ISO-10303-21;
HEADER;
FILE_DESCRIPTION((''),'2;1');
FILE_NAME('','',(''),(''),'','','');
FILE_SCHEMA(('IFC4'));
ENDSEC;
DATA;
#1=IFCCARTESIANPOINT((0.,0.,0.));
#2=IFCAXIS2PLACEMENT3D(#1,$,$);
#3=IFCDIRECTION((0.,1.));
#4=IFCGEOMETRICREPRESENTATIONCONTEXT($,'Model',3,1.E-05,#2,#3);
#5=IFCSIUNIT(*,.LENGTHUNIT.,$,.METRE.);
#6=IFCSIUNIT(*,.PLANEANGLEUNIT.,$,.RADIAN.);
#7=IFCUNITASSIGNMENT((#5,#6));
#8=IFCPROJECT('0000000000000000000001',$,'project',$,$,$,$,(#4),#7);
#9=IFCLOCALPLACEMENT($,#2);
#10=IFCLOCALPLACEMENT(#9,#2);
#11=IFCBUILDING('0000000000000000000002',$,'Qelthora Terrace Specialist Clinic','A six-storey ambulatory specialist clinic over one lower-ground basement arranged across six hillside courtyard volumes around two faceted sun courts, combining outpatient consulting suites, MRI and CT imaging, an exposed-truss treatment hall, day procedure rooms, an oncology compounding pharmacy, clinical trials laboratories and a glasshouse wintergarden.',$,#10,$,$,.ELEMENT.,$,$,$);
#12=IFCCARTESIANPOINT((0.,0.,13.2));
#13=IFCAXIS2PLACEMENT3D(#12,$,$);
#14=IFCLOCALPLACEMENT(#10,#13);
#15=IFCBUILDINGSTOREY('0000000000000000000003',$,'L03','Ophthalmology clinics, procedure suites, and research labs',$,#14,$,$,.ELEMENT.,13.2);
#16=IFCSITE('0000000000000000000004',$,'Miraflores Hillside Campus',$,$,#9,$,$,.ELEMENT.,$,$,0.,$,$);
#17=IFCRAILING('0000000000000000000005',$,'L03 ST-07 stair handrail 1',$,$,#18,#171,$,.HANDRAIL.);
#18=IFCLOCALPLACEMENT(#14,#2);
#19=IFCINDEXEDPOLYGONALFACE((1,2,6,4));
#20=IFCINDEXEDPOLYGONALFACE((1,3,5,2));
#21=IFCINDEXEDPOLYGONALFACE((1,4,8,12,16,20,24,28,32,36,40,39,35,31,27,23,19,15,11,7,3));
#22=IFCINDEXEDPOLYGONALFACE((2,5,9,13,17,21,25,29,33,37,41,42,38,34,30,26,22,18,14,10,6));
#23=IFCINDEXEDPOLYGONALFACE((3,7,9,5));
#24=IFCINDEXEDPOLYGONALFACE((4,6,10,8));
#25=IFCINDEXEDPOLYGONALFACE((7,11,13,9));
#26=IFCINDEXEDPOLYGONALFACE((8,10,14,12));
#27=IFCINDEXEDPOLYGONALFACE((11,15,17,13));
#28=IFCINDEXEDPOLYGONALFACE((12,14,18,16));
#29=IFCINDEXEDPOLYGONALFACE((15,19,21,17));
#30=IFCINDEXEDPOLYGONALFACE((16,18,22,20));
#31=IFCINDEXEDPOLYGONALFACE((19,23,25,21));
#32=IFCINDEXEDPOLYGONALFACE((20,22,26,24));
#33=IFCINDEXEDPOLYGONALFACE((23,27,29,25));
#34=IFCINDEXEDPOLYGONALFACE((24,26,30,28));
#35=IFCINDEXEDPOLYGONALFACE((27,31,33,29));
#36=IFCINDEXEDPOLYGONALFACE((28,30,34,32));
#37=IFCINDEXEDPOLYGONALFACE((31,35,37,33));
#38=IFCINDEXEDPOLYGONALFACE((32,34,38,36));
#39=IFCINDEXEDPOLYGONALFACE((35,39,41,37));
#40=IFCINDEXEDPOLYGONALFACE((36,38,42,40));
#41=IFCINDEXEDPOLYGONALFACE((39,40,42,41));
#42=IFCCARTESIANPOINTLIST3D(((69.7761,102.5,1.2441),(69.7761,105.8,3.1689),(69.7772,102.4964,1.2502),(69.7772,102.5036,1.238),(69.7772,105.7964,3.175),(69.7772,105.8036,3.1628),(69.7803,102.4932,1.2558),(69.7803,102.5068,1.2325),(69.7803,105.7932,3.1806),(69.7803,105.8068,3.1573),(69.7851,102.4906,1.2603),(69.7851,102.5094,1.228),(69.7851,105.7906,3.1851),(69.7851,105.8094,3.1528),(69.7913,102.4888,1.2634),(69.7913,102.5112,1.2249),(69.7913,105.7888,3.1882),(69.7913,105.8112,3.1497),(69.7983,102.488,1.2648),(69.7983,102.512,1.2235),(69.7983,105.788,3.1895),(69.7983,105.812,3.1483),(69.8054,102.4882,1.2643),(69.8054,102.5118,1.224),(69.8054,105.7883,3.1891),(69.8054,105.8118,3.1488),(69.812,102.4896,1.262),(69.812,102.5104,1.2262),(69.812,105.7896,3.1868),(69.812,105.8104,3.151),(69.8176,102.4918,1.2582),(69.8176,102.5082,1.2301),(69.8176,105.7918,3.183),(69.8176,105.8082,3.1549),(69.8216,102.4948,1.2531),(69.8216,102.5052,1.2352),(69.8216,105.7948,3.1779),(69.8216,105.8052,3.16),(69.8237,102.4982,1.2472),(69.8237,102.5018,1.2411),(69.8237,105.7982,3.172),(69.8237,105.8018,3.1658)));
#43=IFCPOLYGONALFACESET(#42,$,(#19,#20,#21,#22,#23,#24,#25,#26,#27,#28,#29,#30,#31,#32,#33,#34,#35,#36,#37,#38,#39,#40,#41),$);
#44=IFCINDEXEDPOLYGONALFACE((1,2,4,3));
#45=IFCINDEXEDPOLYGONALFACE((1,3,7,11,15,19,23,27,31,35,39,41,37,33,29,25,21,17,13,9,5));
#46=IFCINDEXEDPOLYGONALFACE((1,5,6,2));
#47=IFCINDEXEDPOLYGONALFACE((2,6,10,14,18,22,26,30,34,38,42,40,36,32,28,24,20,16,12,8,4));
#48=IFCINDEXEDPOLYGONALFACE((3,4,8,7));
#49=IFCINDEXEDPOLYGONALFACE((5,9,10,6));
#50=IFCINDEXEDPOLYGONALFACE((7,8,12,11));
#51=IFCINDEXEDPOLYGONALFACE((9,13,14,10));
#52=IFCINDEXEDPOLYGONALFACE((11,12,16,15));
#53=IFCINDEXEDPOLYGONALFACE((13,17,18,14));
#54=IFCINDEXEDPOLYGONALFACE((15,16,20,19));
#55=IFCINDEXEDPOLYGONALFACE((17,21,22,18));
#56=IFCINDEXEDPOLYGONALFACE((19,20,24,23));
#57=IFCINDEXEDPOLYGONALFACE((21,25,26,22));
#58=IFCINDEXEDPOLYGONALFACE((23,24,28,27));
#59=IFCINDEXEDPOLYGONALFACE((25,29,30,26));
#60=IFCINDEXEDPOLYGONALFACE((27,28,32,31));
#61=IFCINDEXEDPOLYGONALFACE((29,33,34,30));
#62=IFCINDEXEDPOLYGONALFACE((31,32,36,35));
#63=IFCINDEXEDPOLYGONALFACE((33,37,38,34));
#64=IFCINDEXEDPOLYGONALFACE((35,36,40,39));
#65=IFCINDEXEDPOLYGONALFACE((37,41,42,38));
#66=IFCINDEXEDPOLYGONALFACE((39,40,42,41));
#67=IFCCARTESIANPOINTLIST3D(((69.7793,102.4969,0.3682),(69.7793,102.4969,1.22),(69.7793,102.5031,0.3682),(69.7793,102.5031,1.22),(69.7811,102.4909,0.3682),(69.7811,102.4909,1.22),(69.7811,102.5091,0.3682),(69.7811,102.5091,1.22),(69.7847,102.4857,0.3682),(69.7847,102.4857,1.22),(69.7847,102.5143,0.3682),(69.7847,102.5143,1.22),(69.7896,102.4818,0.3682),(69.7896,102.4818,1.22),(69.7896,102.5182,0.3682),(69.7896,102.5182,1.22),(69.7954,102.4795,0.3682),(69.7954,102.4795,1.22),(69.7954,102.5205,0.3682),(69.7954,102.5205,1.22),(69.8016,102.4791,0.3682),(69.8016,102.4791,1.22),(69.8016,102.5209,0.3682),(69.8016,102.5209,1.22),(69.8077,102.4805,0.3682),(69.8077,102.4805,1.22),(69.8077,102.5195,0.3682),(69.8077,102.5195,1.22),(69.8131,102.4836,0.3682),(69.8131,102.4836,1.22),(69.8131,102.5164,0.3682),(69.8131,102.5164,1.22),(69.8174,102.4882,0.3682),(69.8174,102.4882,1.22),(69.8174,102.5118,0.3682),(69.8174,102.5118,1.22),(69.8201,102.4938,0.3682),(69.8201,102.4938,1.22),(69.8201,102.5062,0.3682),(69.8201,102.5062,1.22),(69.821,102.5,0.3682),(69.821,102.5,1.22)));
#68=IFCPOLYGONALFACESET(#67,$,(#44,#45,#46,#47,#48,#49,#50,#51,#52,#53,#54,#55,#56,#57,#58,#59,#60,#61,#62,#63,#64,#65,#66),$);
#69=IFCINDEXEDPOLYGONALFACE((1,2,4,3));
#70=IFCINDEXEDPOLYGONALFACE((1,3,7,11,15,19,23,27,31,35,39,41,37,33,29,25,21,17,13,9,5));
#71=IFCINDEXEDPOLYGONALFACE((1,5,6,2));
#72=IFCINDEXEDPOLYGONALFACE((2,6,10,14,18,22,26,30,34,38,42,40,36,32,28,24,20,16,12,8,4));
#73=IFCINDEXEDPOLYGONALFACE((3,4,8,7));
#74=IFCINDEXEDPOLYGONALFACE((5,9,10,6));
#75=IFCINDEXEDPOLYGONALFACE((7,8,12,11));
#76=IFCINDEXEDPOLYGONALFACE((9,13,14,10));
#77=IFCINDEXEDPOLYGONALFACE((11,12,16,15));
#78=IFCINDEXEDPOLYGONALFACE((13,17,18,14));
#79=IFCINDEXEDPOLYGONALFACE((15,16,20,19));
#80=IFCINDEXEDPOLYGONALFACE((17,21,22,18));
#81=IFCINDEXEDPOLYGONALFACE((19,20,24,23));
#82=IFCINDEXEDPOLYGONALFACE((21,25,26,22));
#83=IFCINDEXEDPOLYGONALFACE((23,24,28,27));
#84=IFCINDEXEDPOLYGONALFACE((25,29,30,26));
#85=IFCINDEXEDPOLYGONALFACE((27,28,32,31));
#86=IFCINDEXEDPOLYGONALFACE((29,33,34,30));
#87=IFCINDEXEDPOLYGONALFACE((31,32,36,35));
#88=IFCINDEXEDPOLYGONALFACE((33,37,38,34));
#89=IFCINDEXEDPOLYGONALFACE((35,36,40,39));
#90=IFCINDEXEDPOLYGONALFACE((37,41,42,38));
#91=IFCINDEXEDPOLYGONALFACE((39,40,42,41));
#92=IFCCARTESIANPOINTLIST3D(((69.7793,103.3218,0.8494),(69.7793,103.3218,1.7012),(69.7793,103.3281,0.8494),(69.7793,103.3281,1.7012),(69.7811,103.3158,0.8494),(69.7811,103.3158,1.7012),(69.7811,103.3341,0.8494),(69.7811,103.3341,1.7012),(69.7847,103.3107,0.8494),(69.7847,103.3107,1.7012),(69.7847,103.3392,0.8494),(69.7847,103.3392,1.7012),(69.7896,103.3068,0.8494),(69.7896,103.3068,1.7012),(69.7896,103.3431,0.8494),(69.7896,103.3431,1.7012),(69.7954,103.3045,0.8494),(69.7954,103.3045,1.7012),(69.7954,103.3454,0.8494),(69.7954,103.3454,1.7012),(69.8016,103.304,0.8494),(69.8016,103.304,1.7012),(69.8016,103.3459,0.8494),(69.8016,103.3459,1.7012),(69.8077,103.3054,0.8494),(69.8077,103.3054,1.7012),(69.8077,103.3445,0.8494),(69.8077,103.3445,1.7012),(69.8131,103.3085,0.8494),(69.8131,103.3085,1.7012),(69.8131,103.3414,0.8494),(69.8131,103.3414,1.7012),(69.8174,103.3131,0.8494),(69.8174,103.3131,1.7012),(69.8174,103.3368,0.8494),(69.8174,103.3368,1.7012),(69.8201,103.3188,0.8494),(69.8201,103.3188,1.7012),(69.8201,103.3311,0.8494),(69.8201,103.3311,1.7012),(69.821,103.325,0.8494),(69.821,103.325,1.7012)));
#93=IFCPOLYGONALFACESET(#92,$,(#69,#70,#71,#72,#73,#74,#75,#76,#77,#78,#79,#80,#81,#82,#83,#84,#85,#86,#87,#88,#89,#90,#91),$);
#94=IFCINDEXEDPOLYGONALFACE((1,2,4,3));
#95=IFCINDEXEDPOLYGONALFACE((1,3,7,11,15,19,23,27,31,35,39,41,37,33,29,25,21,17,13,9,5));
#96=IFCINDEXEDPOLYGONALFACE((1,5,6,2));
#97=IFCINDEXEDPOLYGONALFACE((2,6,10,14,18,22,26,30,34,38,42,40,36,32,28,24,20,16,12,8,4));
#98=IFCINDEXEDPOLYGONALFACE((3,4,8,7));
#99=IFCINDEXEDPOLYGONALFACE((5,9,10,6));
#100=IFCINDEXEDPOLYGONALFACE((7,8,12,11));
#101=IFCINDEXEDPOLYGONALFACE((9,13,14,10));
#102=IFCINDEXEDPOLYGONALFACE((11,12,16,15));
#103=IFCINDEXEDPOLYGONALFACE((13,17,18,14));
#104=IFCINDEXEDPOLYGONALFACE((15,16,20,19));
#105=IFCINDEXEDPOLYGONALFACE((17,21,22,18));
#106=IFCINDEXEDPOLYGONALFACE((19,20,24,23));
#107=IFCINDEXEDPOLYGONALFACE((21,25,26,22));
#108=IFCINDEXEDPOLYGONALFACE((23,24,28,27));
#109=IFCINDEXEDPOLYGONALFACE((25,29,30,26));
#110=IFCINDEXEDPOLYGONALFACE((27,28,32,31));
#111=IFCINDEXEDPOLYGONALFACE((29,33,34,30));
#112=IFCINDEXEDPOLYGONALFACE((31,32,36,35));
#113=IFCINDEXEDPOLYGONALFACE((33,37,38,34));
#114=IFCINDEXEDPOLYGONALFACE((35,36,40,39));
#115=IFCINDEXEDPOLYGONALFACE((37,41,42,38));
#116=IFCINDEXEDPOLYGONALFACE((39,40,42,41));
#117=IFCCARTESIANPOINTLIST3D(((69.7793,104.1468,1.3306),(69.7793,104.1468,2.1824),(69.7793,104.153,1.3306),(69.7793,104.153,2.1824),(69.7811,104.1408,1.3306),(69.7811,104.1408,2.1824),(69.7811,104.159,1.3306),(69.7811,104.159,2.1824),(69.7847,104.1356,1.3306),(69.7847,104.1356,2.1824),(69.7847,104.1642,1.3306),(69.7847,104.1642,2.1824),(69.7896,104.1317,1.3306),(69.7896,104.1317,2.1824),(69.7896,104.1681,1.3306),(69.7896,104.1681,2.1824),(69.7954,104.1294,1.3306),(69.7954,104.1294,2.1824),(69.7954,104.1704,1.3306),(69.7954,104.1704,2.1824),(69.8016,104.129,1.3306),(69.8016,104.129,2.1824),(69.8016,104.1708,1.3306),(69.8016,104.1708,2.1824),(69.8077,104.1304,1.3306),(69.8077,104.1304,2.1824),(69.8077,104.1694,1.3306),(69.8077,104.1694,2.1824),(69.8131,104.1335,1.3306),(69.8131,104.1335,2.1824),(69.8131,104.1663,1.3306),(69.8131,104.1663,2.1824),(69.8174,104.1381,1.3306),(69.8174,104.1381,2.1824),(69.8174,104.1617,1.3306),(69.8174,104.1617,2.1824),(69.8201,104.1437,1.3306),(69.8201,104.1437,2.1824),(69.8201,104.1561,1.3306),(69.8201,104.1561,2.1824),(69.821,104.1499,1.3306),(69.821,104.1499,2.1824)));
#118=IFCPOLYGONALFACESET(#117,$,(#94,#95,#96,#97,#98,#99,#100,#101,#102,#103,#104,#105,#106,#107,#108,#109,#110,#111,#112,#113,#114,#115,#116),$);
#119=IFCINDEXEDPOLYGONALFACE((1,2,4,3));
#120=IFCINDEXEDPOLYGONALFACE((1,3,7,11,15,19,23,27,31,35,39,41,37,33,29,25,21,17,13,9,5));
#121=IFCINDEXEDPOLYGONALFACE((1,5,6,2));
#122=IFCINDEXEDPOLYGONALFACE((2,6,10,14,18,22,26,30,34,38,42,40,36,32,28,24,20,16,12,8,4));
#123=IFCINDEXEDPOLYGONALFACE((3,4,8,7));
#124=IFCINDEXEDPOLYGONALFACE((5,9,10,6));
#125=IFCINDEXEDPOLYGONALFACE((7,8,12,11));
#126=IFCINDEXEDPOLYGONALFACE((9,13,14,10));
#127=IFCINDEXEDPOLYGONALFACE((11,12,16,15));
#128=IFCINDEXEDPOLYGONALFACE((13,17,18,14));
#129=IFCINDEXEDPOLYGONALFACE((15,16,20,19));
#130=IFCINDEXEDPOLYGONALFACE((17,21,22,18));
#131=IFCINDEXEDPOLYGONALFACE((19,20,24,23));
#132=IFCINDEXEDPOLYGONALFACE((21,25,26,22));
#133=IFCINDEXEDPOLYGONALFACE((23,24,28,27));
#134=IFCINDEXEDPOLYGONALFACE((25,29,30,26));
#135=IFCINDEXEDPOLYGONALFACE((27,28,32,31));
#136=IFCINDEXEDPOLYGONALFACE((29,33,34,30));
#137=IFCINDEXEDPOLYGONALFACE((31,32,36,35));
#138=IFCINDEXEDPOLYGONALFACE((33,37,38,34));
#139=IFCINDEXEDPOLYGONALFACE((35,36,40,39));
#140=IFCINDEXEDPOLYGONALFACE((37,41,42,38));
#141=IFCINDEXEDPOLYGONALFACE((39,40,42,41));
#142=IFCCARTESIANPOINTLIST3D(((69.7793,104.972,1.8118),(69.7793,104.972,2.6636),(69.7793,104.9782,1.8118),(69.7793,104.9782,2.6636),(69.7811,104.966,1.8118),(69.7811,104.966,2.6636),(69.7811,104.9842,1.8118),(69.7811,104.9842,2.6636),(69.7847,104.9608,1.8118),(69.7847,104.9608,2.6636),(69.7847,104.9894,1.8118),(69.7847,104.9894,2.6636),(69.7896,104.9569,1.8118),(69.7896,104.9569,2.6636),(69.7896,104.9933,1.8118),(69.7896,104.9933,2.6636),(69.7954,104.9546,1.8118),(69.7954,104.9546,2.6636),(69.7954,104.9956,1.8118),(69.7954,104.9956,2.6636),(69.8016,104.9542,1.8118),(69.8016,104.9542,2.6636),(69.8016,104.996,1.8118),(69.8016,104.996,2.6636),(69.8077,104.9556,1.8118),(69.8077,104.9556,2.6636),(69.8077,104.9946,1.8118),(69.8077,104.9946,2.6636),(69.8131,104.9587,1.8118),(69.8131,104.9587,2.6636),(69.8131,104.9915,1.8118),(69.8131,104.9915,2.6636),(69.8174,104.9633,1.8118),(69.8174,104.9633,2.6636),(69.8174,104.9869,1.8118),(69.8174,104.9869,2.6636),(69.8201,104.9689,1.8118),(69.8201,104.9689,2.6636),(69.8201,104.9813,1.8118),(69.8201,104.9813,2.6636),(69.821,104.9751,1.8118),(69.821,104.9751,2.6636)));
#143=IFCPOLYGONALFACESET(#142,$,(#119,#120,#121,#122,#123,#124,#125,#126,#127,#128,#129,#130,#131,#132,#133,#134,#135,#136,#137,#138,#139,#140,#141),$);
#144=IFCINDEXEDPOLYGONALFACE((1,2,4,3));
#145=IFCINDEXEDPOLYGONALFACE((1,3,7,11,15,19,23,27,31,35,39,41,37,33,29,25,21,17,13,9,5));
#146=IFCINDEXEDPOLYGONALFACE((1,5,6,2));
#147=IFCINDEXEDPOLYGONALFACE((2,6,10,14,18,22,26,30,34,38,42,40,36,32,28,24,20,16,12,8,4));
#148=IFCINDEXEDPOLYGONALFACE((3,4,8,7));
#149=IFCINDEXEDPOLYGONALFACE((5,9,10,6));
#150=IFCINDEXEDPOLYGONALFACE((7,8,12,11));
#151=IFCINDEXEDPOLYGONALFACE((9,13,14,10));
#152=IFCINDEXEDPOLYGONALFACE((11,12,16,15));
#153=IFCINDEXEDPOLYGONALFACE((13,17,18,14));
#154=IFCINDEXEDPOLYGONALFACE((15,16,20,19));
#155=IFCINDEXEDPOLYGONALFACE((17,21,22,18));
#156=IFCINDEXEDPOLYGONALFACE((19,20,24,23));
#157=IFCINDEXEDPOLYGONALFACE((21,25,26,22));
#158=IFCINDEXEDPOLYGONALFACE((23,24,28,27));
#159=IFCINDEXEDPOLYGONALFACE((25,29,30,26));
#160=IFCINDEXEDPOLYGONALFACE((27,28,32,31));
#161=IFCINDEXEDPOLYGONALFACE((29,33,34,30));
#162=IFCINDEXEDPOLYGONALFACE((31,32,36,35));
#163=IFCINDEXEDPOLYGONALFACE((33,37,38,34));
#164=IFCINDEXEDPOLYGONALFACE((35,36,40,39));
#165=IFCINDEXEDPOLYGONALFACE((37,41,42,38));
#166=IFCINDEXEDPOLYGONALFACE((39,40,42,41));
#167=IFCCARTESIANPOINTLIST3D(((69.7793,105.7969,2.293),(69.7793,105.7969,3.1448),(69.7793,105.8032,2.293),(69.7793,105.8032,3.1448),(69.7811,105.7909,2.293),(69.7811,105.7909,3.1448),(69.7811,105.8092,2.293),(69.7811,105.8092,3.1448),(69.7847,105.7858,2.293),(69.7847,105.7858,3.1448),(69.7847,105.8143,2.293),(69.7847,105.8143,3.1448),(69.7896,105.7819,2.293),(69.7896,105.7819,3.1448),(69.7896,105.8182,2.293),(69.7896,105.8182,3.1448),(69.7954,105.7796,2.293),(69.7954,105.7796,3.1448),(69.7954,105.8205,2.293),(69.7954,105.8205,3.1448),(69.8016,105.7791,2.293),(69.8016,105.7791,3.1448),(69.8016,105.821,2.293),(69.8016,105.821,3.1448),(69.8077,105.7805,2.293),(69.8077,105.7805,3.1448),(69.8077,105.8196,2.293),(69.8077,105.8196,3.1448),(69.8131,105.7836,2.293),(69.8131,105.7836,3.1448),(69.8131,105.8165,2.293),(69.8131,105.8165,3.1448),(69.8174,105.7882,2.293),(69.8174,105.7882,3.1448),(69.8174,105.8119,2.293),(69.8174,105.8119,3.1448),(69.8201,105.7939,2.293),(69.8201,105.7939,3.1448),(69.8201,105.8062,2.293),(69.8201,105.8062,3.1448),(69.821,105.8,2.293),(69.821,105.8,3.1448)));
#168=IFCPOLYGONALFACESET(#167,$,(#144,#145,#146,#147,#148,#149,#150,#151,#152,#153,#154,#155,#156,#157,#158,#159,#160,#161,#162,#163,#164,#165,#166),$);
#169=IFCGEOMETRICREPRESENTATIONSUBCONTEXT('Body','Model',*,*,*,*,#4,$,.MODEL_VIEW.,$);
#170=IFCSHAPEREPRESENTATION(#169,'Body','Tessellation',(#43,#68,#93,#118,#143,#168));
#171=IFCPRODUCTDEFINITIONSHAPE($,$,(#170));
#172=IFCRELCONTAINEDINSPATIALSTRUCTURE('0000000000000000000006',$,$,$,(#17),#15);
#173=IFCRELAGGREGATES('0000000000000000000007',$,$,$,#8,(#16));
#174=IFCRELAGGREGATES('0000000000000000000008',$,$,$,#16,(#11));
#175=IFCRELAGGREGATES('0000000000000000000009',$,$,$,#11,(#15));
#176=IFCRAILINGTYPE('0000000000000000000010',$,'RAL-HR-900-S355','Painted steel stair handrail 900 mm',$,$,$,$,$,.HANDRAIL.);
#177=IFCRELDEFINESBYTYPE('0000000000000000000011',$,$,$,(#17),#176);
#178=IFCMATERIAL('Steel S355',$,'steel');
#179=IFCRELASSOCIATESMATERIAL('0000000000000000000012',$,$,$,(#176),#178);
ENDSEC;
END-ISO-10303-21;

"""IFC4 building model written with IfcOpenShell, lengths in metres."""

from ifc_helpers import new_model, si_unit, direction, frame, origin, origin_2d, place, context, subcontext, project, spatial, circle, extrude, material, type_object, element, save


model = new_model("IFC4")

# Units and contexts
model_context = context("Model", 3, precision=1e-05, world=origin(), true_north=direction((0.0, 1.0)))
body_context = subcontext(model_context, "Body", "Model", "MODEL_VIEW")
ifc_project = project(units=[si_unit("LENGTHUNIT", "METRE"), si_unit("PLANEANGLEUNIT", "RADIAN")], contexts=[model_context])

# Site, building, storey
site_placement = place(None, origin())
site = spatial("IfcSite", under=ifc_project, at=site_placement, Name="Miraflores Hillside Campus", CompositionType="ELEMENT", RefElevation=0.0)
building_placement = place(site_placement, origin())
building = spatial("IfcBuilding", under=site, at=building_placement, Name="Qelthora Terrace Specialist Clinic", Description="A six-storey ambulatory specialist clinic over one lower-ground basement arranged across six hillside courtyard volumes around two faceted sun courts, combining outpatient consulting suites, MRI and CT imaging, an exposed-truss treatment hall, day procedure rooms, an oncology compounding pharmacy, clinical trials laboratories and a glasshouse wintergarden.", CompositionType="ELEMENT")
storey_placement = place(building_placement, frame((0.0, 0.0, 13.2)))
storey = spatial("IfcBuildingStorey", under=building, at=storey_placement, Name="L03", Description="Ophthalmology clinics, procedure suites, and research labs", CompositionType="ELEMENT", Elevation=13.2)

# Shared definitions
ifc_material_1 = material(Name="Steel S355", Category="steel")

# Railing
railing_type_1 = type_object("IfcRailingType", Name="RAL-HR-900-S355", Description="Painted steel stair handrail 900 mm", PredefinedType="HANDRAIL", material=ifc_material_1)
railing_1_placement = place(storey_placement, frame((69.8, 102.5, 0.3682)))
element("IfcRailing", 1, at=railing_1_placement, inside=storey, type_object=railing_type_1, Name="L03 ST-07 stair handrail 1", PredefinedType="HANDRAIL", context=body_context, shape_type="SweptSolid", body=[
    extrude(circle(Radius=0.0239, at=origin_2d()), frame((0.0, 0.0, 0.876), z_axis=(0.0, 0.863804, 0.503827), x_axis=(-1.0, 0.0, 0.0)), (0.0, 0.0, 1.0), 3.8203),
    extrude(circle(Radius=0.021, at=origin_2d()), origin(), (0.0, 0.0, 1.0), 0.8518),
    extrude(circle(Radius=0.021, at=origin_2d()), frame((0.0, 0.825, 0.4812)), (0.0, 0.0, 1.0), 0.8518),
    extrude(circle(Radius=0.021, at=origin_2d()), frame((0.0, 1.6499, 0.9624)), (0.0, 0.0, 1.0), 0.8518),
    extrude(circle(Radius=0.021, at=origin_2d()), frame((0.0, 2.4751, 1.4436)), (0.0, 0.0, 1.0), 0.8518),
    extrude(circle(Radius=0.021, at=origin_2d()), frame((0.0, 3.3, 1.9248)), (0.0, 0.0, 1.0), 0.8518),
])

save(model, "model.ifc")
